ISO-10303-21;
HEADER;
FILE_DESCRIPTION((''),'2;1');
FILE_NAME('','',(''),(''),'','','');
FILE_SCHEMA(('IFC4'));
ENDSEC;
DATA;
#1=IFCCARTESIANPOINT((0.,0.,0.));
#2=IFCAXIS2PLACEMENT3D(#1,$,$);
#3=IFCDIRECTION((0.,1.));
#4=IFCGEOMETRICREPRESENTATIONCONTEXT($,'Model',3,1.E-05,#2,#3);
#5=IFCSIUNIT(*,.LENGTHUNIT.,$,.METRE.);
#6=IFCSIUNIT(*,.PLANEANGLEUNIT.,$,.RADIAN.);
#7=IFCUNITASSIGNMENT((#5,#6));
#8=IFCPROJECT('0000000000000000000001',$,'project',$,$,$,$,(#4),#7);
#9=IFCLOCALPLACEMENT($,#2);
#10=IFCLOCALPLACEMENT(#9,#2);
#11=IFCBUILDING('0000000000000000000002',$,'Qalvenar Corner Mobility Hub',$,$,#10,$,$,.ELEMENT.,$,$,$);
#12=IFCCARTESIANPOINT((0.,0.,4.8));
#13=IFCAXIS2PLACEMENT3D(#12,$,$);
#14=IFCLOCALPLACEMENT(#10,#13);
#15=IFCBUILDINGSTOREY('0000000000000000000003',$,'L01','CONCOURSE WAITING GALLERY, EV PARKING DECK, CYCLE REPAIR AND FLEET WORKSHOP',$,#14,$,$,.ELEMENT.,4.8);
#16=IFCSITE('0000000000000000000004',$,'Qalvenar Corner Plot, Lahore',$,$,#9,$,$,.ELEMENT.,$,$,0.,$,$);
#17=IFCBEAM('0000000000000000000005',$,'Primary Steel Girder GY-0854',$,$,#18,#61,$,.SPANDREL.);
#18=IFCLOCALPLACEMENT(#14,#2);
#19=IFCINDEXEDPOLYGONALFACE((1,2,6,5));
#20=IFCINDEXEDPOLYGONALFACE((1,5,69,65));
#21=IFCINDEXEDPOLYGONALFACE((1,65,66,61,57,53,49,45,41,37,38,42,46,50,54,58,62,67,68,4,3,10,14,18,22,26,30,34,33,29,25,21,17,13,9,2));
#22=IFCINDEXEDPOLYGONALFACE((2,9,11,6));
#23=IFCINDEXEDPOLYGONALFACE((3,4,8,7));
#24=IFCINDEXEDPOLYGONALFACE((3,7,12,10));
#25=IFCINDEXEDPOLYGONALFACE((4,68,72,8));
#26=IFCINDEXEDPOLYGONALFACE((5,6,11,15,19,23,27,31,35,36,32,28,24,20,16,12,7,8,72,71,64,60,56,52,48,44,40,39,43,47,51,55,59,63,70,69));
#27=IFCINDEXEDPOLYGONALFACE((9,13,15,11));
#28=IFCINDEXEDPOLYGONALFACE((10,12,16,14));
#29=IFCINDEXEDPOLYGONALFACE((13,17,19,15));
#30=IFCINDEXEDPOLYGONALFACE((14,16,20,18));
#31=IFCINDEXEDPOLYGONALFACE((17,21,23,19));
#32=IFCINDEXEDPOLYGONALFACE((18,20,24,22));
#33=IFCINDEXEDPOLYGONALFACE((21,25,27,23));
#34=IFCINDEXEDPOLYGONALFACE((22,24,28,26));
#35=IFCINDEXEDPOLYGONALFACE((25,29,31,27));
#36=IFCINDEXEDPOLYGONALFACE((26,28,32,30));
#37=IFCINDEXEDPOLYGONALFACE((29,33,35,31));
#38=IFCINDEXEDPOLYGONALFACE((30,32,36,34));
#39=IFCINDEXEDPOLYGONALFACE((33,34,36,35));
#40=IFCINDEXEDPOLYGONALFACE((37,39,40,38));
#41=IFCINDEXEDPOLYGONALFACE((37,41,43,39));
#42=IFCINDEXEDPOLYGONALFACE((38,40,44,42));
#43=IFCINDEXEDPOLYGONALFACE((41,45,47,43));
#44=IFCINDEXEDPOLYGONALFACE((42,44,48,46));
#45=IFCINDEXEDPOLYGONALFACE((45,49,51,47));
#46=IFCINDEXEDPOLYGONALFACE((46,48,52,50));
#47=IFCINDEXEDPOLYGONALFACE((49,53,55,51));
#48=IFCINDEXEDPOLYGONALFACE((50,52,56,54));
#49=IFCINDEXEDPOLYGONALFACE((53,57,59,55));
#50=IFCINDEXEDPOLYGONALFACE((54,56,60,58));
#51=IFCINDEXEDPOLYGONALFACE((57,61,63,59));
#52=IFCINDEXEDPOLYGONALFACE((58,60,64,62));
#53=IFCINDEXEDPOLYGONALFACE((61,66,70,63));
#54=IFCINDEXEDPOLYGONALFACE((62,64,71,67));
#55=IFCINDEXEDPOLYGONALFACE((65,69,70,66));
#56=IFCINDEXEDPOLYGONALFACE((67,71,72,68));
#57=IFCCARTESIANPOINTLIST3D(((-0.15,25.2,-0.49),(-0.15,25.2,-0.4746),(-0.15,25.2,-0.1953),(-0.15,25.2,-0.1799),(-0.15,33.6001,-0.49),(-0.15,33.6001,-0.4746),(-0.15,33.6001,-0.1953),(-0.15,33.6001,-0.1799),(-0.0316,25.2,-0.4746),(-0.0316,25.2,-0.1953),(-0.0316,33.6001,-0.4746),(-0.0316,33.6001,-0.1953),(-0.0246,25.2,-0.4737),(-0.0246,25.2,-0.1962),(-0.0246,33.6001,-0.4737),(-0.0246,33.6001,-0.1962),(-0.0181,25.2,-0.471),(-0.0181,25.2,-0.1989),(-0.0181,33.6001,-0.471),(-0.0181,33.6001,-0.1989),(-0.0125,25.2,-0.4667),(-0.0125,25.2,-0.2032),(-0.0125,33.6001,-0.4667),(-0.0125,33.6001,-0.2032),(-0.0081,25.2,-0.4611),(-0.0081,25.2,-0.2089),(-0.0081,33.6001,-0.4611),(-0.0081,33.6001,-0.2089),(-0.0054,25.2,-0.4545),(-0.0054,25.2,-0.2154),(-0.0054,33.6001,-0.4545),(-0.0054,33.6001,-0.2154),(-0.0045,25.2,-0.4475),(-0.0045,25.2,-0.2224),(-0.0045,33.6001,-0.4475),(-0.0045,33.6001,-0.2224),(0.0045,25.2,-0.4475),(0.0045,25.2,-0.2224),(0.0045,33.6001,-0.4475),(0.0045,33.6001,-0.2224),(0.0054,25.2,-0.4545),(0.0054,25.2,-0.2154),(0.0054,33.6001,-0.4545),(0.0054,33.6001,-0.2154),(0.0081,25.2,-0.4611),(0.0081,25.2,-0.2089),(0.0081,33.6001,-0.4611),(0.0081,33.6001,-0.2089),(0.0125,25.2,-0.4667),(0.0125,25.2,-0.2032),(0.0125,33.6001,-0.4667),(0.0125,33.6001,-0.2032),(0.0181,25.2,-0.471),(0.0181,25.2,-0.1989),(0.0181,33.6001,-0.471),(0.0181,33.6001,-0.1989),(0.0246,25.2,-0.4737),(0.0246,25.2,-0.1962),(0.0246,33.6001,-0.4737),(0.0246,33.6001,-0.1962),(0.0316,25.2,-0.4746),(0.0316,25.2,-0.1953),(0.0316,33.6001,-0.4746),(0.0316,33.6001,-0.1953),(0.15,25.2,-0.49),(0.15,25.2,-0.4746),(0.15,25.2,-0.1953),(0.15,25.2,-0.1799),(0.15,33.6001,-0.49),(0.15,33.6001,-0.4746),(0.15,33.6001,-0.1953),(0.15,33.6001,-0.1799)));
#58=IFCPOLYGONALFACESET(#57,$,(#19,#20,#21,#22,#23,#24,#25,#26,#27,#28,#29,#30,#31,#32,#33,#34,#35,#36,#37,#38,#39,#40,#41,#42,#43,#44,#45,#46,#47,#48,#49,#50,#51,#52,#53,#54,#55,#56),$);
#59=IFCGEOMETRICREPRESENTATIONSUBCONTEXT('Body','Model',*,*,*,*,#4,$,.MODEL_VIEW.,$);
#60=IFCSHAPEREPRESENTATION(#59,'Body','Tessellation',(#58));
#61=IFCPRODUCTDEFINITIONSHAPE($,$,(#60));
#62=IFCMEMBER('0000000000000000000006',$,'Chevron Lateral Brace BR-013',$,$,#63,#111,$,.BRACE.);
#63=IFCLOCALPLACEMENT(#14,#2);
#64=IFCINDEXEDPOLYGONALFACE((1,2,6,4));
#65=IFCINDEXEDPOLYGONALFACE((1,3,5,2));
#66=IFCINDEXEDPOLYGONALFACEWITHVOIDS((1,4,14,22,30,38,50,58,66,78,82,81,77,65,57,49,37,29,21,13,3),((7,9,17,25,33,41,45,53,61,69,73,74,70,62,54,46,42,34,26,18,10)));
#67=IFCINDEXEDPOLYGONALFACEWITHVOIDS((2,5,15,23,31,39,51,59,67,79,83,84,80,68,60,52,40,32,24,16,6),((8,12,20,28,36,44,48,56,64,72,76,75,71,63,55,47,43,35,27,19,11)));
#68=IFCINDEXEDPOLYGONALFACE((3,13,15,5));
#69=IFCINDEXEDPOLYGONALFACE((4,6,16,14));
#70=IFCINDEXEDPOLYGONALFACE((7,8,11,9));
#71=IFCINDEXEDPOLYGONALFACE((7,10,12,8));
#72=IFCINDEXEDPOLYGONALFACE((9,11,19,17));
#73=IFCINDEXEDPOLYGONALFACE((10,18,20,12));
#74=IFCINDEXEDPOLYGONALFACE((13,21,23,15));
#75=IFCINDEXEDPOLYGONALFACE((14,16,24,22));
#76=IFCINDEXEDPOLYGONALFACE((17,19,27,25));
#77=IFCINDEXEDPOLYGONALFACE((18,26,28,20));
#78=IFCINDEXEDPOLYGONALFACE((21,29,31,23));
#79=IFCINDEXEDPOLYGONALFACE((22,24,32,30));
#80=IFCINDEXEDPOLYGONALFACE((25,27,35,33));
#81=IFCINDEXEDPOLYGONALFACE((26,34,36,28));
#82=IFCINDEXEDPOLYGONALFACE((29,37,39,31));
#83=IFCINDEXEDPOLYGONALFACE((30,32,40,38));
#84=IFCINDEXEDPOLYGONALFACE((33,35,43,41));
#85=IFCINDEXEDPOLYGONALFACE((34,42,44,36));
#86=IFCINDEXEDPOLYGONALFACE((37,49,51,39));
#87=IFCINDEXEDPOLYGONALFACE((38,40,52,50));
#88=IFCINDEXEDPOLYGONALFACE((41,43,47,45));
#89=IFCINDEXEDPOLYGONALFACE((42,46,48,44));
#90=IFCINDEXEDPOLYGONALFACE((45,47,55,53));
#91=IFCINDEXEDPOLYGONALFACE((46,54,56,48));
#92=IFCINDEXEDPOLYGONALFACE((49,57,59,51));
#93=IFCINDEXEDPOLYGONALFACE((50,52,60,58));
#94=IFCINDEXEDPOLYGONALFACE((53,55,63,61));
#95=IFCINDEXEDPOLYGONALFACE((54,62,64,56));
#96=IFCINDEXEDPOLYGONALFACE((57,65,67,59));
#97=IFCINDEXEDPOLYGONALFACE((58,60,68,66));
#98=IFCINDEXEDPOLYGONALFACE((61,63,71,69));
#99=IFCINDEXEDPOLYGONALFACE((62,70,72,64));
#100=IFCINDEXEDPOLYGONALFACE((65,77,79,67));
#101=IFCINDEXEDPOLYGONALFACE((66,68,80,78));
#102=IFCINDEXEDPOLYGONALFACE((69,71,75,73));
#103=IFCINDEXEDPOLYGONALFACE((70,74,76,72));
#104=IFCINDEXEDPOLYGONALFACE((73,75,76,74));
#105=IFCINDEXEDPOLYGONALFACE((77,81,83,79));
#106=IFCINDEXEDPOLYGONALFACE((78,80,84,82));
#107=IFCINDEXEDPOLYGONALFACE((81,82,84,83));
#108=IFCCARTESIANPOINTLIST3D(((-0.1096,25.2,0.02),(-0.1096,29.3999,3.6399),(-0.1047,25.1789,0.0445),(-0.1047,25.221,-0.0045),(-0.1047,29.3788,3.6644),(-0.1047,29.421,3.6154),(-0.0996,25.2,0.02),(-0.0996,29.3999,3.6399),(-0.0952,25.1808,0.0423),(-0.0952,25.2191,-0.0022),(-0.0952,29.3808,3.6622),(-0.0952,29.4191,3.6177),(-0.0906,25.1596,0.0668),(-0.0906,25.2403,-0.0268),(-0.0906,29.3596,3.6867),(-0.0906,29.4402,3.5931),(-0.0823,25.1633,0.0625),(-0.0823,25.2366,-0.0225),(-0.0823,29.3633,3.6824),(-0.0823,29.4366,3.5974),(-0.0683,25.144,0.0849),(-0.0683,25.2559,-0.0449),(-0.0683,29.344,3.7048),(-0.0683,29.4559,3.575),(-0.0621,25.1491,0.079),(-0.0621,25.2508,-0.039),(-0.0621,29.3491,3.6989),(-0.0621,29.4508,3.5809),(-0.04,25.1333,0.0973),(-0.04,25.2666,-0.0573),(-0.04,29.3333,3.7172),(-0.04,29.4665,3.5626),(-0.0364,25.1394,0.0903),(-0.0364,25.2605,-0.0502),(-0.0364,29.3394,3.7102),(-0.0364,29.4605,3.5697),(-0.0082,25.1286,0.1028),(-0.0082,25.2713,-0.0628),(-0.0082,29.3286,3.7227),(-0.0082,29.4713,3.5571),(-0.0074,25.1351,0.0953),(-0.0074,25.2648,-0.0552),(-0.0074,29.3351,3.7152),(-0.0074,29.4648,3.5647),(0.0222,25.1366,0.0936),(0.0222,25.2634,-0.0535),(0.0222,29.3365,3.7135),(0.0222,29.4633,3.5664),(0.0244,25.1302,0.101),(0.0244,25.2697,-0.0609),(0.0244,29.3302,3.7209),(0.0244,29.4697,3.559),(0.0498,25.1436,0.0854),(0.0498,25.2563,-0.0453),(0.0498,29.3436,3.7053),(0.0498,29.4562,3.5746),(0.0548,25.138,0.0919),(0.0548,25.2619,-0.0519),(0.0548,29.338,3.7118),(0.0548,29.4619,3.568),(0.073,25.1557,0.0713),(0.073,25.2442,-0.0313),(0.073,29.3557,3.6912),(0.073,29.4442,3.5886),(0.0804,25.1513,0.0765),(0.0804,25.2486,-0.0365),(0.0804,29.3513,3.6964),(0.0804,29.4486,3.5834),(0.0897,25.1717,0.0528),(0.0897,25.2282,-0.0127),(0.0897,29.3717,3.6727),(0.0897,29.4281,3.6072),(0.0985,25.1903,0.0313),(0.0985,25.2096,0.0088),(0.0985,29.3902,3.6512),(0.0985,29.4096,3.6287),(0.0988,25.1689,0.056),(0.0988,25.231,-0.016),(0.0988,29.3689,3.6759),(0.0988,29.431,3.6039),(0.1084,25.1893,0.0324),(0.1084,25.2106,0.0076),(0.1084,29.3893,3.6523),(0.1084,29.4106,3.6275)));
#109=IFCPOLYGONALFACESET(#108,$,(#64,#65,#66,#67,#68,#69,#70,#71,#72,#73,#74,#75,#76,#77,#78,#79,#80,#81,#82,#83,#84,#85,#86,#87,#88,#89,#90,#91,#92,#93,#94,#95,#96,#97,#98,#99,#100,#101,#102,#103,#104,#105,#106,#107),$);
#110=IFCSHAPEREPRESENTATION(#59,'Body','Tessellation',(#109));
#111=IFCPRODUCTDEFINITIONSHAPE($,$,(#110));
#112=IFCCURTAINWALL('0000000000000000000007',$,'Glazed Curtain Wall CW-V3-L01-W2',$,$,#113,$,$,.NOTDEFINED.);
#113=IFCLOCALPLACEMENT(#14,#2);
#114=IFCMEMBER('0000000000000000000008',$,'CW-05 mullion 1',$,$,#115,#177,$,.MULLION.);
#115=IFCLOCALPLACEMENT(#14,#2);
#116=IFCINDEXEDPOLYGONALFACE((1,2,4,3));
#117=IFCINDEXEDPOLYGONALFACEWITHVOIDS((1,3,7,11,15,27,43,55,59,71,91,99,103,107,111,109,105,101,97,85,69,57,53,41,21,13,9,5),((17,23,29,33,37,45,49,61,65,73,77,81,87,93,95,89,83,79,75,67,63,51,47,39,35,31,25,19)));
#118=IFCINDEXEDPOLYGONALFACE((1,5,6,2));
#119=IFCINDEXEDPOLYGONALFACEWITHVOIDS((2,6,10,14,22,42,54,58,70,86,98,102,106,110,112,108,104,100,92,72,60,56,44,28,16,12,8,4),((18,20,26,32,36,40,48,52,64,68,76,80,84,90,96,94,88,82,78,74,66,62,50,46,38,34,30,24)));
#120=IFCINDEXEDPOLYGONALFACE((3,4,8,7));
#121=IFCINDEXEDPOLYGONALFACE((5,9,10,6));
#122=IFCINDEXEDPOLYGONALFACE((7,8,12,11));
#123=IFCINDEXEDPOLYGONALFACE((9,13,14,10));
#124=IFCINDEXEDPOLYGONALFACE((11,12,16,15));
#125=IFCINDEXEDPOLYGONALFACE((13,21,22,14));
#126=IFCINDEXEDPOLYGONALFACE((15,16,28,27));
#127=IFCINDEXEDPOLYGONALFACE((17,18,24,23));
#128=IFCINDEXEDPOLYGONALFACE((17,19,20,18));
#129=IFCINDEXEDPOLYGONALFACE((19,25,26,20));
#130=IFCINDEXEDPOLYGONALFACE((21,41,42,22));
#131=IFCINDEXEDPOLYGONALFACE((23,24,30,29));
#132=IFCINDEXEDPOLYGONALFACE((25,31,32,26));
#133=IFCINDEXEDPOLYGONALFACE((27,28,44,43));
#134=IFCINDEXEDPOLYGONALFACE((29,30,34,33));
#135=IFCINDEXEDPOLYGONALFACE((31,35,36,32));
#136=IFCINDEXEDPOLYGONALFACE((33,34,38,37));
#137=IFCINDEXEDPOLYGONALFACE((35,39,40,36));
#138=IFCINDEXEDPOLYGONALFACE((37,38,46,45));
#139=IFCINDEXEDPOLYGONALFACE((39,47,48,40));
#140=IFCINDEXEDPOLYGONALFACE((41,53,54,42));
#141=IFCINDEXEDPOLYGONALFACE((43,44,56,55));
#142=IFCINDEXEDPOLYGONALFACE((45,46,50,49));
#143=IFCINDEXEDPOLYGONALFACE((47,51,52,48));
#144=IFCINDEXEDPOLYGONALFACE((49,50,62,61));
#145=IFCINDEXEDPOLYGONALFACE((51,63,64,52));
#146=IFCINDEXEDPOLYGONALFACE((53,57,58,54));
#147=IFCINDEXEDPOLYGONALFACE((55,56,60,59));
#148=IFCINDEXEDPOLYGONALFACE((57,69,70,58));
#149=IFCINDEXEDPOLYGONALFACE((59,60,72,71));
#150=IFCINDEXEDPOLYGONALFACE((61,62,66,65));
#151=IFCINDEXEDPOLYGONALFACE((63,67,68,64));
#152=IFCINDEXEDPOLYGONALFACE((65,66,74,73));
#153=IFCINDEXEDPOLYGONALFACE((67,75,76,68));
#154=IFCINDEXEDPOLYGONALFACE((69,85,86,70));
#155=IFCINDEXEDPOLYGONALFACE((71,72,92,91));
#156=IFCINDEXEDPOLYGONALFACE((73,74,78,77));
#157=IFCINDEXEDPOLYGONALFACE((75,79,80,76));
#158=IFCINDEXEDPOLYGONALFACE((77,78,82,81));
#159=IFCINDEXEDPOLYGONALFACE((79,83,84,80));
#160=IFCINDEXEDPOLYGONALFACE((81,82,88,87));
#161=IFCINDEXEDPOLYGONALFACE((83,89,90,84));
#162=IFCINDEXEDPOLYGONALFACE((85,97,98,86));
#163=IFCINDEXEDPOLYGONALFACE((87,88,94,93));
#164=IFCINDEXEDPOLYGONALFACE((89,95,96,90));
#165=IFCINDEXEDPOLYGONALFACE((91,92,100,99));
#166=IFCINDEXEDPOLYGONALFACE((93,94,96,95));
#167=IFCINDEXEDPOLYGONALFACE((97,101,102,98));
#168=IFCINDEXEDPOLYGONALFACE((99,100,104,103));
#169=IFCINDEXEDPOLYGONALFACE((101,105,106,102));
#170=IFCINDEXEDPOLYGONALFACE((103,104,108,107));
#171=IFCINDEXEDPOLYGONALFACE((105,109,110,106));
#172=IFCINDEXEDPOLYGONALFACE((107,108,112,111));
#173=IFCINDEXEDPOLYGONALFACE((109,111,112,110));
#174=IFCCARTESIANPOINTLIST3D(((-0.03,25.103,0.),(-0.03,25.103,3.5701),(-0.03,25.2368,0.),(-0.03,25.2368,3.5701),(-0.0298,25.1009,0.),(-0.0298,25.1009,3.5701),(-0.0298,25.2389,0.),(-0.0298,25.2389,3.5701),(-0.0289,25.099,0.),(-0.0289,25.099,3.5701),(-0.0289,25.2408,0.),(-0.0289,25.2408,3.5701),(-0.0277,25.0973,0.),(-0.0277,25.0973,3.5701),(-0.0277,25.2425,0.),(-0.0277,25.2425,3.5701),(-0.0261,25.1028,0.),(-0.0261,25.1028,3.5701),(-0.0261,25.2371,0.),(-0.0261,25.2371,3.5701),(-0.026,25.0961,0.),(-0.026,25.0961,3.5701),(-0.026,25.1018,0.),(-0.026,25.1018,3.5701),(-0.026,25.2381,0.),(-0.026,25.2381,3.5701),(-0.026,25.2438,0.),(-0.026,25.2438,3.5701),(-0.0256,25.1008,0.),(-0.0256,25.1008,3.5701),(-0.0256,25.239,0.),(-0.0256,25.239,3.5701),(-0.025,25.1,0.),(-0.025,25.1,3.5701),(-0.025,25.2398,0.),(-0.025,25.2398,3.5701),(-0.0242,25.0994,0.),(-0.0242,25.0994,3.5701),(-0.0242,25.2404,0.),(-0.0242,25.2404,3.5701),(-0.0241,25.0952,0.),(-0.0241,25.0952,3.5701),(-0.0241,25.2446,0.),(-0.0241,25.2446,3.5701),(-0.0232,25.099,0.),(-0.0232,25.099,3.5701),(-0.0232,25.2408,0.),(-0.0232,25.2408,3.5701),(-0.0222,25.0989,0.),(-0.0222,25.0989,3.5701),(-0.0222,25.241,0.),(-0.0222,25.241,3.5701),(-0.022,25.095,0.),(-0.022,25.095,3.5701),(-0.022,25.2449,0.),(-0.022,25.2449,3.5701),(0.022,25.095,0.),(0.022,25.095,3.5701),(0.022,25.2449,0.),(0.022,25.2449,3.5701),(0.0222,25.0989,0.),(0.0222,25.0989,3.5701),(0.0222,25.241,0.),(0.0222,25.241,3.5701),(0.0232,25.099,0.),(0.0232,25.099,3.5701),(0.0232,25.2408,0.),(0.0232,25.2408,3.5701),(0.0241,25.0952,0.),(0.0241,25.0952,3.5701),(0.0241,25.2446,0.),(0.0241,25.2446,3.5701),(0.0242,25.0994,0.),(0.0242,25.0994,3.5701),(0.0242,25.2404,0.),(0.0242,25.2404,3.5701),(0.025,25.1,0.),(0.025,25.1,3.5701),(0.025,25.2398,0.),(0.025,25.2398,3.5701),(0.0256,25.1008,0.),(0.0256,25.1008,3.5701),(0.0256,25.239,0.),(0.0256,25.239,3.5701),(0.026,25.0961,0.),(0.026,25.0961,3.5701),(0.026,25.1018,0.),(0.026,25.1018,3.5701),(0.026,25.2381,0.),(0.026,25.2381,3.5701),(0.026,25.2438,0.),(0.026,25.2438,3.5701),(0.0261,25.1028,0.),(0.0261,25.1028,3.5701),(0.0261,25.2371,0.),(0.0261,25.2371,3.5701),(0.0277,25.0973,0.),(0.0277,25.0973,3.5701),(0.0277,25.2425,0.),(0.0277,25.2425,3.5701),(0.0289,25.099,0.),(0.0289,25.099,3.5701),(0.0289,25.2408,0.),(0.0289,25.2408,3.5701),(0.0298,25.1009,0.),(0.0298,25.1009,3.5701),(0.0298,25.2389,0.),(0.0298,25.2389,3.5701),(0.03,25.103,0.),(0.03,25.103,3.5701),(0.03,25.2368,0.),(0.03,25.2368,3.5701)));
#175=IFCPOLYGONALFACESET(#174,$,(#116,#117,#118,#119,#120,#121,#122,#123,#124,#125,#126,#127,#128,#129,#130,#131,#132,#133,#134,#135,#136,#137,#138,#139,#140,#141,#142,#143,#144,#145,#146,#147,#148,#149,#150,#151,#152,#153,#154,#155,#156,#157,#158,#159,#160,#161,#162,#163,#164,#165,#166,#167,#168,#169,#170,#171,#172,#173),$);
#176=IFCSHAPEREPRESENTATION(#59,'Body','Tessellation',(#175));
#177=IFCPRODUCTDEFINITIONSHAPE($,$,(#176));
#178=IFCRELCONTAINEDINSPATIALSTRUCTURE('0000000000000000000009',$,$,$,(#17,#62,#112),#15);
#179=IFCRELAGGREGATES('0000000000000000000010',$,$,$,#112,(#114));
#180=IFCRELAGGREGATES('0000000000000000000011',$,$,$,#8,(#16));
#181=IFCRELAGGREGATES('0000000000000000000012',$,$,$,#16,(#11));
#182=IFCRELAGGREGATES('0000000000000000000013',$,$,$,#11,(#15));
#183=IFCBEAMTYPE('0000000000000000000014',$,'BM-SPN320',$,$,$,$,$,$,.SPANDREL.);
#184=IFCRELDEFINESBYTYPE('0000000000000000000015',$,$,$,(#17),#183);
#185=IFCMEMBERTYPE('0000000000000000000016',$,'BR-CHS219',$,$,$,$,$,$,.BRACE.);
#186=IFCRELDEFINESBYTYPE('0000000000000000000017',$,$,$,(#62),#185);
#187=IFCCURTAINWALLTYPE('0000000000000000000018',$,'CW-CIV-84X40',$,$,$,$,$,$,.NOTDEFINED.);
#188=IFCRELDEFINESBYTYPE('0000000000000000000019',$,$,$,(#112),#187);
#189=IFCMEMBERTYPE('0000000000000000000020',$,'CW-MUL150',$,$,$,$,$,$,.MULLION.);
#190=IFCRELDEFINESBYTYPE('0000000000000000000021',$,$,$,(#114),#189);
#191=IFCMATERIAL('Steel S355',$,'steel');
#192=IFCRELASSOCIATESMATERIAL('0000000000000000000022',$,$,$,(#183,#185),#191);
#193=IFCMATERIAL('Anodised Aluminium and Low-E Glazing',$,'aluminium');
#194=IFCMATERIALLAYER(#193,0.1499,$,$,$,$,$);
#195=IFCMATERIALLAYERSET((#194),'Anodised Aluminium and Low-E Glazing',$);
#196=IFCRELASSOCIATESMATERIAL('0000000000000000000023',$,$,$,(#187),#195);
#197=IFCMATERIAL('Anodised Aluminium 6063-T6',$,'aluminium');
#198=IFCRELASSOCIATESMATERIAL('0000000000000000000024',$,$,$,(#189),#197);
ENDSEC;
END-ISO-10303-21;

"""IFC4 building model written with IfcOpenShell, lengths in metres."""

from ifc_helpers import new_model, si_unit, direction, frame, origin, origin_2d, place, context, subcontext, project, spatial, hollow_rectangle, hollow_circle, i_section, extrude, material, layer, layer_set, material_profile, profile_set, type_object, element, aggregate, save


model = new_model("IFC4")

# Units and contexts
model_context = context("Model", 3, precision=1e-05, world=origin(), true_north=direction((0.0, 1.0)))
body_context = subcontext(model_context, "Body", "Model", "MODEL_VIEW")
ifc_project = project(units=[si_unit("LENGTHUNIT", "METRE"), si_unit("PLANEANGLEUNIT", "RADIAN")], contexts=[model_context])

# Site, building, storey
site_placement = place(None, origin())
site = spatial("IfcSite", under=ifc_project, at=site_placement, Name="Qalvenar Corner Plot, Lahore", CompositionType="ELEMENT", RefElevation=0.0)
building_placement = place(site_placement, origin())
building = spatial("IfcBuilding", under=site, at=building_placement, Name="Qalvenar Corner Mobility Hub", CompositionType="ELEMENT")
storey_placement = place(building_placement, frame((0.0, 0.0, 4.8)))
storey = spatial("IfcBuildingStorey", under=building, at=storey_placement, Name="L01", Description="CONCOURSE WAITING GALLERY, EV PARKING DECK, CYCLE REPAIR AND FLEET WORKSHOP", CompositionType="ELEMENT", Elevation=4.8)

# Shared definitions
ifc_material_1 = material(Name="Steel S355", Category="steel")

# Beam
ifc_material_profile_1 = material_profile(ifc_material_1, i_section(OverallWidth=0.3, OverallDepth=0.3101, WebThickness=0.009, FlangeThickness=0.0154, FilletRadius=0.0271, at=origin_2d()), Name="HEA320")
ifc_profile_set_1 = profile_set([ifc_material_profile_1], Name="Steel S355")
beam_type_1 = type_object("IfcBeamType", Name="BM-SPN320", PredefinedType="SPANDREL", material=ifc_profile_set_1)
beam_1_placement = place(storey_placement, frame((0.0, 25.2, -0.335), z_axis=(0.0, 1.0, 0.0), x_axis=(-1.0, 0.0, 0.0)))
element("IfcBeam", 1, at=beam_1_placement, inside=storey, type_object=beam_type_1, Name="Primary Steel Girder GY-0854", PredefinedType="SPANDREL", context=body_context, shape_type="SweptSolid", body=[
    extrude(i_section(OverallWidth=0.3, OverallDepth=0.3101, WebThickness=0.009, FlangeThickness=0.0154, FilletRadius=0.0271, at=origin_2d()), origin(), (0.0, 0.0, 1.0), 8.4001),
])

# Member
ifc_material_profile_2 = material_profile(ifc_material_1, hollow_circle(Radius=0.1096, WallThickness=0.01, at=origin_2d()), Name="CHS219.1x10")
ifc_profile_set_2 = profile_set([ifc_material_profile_2], Name="Steel S355")
member_type_1 = type_object("IfcMemberType", Name="BR-CHS219", PredefinedType="BRACE", material=ifc_profile_set_2)
member_1_placement = place(storey_placement, frame((0.0, 25.2, 0.02), z_axis=(0.0, 0.757479, 0.652859), x_axis=(-1.0, 0.0, 0.0)))
element("IfcMember", 2, at=member_1_placement, inside=storey, type_object=member_type_1, Name="Chevron Lateral Brace BR-013", PredefinedType="BRACE", context=body_context, shape_type="SweptSolid", body=[
    extrude(hollow_circle(Radius=0.1096, WallThickness=0.01, at=origin_2d()), origin(), (0.0, 0.0, 1.0), 5.5447),
])

# Curtain wall, member
ifc_material_2 = material(Name="Anodised Aluminium and Low-E Glazing", Category="aluminium")
ifc_layer_1 = layer(ifc_material_2, 0.1499)
ifc_layer_set_1 = layer_set([ifc_layer_1], Name="Anodised Aluminium and Low-E Glazing")
curtain_wall_type = type_object("IfcCurtainWallType", Name="CW-CIV-84X40", PredefinedType="NOTDEFINED", material=ifc_layer_set_1)
curtain_wall_placement = place(storey_placement, origin())
curtain_wall = element("IfcCurtainWall", 3, at=curtain_wall_placement, inside=storey, type_object=curtain_wall_type, Name="Glazed Curtain Wall CW-V3-L01-W2", PredefinedType="NOTDEFINED")
ifc_material_3 = material(Name="Anodised Aluminium 6063-T6", Category="aluminium")
ifc_material_profile_3 = material_profile(ifc_material_3, hollow_rectangle(XDim=0.0601, YDim=0.1499, WallThickness=0.0039, InnerFilletRadius=0.0039, OuterFilletRadius=0.0081, at=origin_2d()), Name="RHS150x60x4")
ifc_profile_set_3 = profile_set([ifc_material_profile_3], Name="Anodised Aluminium 6063-T6")
member_type_2 = type_object("IfcMemberType", Name="CW-MUL150", PredefinedType="MULLION", material=ifc_profile_set_3)
member_2_placement = place(storey_placement, frame((0.0, 25.1699, 0.0), z_axis=(0.0, 0.0, 1.0), x_axis=(1.0, 0.0, 0.0)))
member_2 = element("IfcMember", 4, at=member_2_placement, type_object=member_type_2, Name="CW-05 mullion 1", PredefinedType="MULLION", context=body_context, shape_type="SweptSolid", body=[
    extrude(hollow_rectangle(XDim=0.0601, YDim=0.1499, WallThickness=0.0039, InnerFilletRadius=0.0039, OuterFilletRadius=0.0081, at=origin_2d()), origin(), (0.0, 0.0, 1.0), 3.5701),
])
aggregate(curtain_wall, [member_2])

save(model, "model.ifc")
